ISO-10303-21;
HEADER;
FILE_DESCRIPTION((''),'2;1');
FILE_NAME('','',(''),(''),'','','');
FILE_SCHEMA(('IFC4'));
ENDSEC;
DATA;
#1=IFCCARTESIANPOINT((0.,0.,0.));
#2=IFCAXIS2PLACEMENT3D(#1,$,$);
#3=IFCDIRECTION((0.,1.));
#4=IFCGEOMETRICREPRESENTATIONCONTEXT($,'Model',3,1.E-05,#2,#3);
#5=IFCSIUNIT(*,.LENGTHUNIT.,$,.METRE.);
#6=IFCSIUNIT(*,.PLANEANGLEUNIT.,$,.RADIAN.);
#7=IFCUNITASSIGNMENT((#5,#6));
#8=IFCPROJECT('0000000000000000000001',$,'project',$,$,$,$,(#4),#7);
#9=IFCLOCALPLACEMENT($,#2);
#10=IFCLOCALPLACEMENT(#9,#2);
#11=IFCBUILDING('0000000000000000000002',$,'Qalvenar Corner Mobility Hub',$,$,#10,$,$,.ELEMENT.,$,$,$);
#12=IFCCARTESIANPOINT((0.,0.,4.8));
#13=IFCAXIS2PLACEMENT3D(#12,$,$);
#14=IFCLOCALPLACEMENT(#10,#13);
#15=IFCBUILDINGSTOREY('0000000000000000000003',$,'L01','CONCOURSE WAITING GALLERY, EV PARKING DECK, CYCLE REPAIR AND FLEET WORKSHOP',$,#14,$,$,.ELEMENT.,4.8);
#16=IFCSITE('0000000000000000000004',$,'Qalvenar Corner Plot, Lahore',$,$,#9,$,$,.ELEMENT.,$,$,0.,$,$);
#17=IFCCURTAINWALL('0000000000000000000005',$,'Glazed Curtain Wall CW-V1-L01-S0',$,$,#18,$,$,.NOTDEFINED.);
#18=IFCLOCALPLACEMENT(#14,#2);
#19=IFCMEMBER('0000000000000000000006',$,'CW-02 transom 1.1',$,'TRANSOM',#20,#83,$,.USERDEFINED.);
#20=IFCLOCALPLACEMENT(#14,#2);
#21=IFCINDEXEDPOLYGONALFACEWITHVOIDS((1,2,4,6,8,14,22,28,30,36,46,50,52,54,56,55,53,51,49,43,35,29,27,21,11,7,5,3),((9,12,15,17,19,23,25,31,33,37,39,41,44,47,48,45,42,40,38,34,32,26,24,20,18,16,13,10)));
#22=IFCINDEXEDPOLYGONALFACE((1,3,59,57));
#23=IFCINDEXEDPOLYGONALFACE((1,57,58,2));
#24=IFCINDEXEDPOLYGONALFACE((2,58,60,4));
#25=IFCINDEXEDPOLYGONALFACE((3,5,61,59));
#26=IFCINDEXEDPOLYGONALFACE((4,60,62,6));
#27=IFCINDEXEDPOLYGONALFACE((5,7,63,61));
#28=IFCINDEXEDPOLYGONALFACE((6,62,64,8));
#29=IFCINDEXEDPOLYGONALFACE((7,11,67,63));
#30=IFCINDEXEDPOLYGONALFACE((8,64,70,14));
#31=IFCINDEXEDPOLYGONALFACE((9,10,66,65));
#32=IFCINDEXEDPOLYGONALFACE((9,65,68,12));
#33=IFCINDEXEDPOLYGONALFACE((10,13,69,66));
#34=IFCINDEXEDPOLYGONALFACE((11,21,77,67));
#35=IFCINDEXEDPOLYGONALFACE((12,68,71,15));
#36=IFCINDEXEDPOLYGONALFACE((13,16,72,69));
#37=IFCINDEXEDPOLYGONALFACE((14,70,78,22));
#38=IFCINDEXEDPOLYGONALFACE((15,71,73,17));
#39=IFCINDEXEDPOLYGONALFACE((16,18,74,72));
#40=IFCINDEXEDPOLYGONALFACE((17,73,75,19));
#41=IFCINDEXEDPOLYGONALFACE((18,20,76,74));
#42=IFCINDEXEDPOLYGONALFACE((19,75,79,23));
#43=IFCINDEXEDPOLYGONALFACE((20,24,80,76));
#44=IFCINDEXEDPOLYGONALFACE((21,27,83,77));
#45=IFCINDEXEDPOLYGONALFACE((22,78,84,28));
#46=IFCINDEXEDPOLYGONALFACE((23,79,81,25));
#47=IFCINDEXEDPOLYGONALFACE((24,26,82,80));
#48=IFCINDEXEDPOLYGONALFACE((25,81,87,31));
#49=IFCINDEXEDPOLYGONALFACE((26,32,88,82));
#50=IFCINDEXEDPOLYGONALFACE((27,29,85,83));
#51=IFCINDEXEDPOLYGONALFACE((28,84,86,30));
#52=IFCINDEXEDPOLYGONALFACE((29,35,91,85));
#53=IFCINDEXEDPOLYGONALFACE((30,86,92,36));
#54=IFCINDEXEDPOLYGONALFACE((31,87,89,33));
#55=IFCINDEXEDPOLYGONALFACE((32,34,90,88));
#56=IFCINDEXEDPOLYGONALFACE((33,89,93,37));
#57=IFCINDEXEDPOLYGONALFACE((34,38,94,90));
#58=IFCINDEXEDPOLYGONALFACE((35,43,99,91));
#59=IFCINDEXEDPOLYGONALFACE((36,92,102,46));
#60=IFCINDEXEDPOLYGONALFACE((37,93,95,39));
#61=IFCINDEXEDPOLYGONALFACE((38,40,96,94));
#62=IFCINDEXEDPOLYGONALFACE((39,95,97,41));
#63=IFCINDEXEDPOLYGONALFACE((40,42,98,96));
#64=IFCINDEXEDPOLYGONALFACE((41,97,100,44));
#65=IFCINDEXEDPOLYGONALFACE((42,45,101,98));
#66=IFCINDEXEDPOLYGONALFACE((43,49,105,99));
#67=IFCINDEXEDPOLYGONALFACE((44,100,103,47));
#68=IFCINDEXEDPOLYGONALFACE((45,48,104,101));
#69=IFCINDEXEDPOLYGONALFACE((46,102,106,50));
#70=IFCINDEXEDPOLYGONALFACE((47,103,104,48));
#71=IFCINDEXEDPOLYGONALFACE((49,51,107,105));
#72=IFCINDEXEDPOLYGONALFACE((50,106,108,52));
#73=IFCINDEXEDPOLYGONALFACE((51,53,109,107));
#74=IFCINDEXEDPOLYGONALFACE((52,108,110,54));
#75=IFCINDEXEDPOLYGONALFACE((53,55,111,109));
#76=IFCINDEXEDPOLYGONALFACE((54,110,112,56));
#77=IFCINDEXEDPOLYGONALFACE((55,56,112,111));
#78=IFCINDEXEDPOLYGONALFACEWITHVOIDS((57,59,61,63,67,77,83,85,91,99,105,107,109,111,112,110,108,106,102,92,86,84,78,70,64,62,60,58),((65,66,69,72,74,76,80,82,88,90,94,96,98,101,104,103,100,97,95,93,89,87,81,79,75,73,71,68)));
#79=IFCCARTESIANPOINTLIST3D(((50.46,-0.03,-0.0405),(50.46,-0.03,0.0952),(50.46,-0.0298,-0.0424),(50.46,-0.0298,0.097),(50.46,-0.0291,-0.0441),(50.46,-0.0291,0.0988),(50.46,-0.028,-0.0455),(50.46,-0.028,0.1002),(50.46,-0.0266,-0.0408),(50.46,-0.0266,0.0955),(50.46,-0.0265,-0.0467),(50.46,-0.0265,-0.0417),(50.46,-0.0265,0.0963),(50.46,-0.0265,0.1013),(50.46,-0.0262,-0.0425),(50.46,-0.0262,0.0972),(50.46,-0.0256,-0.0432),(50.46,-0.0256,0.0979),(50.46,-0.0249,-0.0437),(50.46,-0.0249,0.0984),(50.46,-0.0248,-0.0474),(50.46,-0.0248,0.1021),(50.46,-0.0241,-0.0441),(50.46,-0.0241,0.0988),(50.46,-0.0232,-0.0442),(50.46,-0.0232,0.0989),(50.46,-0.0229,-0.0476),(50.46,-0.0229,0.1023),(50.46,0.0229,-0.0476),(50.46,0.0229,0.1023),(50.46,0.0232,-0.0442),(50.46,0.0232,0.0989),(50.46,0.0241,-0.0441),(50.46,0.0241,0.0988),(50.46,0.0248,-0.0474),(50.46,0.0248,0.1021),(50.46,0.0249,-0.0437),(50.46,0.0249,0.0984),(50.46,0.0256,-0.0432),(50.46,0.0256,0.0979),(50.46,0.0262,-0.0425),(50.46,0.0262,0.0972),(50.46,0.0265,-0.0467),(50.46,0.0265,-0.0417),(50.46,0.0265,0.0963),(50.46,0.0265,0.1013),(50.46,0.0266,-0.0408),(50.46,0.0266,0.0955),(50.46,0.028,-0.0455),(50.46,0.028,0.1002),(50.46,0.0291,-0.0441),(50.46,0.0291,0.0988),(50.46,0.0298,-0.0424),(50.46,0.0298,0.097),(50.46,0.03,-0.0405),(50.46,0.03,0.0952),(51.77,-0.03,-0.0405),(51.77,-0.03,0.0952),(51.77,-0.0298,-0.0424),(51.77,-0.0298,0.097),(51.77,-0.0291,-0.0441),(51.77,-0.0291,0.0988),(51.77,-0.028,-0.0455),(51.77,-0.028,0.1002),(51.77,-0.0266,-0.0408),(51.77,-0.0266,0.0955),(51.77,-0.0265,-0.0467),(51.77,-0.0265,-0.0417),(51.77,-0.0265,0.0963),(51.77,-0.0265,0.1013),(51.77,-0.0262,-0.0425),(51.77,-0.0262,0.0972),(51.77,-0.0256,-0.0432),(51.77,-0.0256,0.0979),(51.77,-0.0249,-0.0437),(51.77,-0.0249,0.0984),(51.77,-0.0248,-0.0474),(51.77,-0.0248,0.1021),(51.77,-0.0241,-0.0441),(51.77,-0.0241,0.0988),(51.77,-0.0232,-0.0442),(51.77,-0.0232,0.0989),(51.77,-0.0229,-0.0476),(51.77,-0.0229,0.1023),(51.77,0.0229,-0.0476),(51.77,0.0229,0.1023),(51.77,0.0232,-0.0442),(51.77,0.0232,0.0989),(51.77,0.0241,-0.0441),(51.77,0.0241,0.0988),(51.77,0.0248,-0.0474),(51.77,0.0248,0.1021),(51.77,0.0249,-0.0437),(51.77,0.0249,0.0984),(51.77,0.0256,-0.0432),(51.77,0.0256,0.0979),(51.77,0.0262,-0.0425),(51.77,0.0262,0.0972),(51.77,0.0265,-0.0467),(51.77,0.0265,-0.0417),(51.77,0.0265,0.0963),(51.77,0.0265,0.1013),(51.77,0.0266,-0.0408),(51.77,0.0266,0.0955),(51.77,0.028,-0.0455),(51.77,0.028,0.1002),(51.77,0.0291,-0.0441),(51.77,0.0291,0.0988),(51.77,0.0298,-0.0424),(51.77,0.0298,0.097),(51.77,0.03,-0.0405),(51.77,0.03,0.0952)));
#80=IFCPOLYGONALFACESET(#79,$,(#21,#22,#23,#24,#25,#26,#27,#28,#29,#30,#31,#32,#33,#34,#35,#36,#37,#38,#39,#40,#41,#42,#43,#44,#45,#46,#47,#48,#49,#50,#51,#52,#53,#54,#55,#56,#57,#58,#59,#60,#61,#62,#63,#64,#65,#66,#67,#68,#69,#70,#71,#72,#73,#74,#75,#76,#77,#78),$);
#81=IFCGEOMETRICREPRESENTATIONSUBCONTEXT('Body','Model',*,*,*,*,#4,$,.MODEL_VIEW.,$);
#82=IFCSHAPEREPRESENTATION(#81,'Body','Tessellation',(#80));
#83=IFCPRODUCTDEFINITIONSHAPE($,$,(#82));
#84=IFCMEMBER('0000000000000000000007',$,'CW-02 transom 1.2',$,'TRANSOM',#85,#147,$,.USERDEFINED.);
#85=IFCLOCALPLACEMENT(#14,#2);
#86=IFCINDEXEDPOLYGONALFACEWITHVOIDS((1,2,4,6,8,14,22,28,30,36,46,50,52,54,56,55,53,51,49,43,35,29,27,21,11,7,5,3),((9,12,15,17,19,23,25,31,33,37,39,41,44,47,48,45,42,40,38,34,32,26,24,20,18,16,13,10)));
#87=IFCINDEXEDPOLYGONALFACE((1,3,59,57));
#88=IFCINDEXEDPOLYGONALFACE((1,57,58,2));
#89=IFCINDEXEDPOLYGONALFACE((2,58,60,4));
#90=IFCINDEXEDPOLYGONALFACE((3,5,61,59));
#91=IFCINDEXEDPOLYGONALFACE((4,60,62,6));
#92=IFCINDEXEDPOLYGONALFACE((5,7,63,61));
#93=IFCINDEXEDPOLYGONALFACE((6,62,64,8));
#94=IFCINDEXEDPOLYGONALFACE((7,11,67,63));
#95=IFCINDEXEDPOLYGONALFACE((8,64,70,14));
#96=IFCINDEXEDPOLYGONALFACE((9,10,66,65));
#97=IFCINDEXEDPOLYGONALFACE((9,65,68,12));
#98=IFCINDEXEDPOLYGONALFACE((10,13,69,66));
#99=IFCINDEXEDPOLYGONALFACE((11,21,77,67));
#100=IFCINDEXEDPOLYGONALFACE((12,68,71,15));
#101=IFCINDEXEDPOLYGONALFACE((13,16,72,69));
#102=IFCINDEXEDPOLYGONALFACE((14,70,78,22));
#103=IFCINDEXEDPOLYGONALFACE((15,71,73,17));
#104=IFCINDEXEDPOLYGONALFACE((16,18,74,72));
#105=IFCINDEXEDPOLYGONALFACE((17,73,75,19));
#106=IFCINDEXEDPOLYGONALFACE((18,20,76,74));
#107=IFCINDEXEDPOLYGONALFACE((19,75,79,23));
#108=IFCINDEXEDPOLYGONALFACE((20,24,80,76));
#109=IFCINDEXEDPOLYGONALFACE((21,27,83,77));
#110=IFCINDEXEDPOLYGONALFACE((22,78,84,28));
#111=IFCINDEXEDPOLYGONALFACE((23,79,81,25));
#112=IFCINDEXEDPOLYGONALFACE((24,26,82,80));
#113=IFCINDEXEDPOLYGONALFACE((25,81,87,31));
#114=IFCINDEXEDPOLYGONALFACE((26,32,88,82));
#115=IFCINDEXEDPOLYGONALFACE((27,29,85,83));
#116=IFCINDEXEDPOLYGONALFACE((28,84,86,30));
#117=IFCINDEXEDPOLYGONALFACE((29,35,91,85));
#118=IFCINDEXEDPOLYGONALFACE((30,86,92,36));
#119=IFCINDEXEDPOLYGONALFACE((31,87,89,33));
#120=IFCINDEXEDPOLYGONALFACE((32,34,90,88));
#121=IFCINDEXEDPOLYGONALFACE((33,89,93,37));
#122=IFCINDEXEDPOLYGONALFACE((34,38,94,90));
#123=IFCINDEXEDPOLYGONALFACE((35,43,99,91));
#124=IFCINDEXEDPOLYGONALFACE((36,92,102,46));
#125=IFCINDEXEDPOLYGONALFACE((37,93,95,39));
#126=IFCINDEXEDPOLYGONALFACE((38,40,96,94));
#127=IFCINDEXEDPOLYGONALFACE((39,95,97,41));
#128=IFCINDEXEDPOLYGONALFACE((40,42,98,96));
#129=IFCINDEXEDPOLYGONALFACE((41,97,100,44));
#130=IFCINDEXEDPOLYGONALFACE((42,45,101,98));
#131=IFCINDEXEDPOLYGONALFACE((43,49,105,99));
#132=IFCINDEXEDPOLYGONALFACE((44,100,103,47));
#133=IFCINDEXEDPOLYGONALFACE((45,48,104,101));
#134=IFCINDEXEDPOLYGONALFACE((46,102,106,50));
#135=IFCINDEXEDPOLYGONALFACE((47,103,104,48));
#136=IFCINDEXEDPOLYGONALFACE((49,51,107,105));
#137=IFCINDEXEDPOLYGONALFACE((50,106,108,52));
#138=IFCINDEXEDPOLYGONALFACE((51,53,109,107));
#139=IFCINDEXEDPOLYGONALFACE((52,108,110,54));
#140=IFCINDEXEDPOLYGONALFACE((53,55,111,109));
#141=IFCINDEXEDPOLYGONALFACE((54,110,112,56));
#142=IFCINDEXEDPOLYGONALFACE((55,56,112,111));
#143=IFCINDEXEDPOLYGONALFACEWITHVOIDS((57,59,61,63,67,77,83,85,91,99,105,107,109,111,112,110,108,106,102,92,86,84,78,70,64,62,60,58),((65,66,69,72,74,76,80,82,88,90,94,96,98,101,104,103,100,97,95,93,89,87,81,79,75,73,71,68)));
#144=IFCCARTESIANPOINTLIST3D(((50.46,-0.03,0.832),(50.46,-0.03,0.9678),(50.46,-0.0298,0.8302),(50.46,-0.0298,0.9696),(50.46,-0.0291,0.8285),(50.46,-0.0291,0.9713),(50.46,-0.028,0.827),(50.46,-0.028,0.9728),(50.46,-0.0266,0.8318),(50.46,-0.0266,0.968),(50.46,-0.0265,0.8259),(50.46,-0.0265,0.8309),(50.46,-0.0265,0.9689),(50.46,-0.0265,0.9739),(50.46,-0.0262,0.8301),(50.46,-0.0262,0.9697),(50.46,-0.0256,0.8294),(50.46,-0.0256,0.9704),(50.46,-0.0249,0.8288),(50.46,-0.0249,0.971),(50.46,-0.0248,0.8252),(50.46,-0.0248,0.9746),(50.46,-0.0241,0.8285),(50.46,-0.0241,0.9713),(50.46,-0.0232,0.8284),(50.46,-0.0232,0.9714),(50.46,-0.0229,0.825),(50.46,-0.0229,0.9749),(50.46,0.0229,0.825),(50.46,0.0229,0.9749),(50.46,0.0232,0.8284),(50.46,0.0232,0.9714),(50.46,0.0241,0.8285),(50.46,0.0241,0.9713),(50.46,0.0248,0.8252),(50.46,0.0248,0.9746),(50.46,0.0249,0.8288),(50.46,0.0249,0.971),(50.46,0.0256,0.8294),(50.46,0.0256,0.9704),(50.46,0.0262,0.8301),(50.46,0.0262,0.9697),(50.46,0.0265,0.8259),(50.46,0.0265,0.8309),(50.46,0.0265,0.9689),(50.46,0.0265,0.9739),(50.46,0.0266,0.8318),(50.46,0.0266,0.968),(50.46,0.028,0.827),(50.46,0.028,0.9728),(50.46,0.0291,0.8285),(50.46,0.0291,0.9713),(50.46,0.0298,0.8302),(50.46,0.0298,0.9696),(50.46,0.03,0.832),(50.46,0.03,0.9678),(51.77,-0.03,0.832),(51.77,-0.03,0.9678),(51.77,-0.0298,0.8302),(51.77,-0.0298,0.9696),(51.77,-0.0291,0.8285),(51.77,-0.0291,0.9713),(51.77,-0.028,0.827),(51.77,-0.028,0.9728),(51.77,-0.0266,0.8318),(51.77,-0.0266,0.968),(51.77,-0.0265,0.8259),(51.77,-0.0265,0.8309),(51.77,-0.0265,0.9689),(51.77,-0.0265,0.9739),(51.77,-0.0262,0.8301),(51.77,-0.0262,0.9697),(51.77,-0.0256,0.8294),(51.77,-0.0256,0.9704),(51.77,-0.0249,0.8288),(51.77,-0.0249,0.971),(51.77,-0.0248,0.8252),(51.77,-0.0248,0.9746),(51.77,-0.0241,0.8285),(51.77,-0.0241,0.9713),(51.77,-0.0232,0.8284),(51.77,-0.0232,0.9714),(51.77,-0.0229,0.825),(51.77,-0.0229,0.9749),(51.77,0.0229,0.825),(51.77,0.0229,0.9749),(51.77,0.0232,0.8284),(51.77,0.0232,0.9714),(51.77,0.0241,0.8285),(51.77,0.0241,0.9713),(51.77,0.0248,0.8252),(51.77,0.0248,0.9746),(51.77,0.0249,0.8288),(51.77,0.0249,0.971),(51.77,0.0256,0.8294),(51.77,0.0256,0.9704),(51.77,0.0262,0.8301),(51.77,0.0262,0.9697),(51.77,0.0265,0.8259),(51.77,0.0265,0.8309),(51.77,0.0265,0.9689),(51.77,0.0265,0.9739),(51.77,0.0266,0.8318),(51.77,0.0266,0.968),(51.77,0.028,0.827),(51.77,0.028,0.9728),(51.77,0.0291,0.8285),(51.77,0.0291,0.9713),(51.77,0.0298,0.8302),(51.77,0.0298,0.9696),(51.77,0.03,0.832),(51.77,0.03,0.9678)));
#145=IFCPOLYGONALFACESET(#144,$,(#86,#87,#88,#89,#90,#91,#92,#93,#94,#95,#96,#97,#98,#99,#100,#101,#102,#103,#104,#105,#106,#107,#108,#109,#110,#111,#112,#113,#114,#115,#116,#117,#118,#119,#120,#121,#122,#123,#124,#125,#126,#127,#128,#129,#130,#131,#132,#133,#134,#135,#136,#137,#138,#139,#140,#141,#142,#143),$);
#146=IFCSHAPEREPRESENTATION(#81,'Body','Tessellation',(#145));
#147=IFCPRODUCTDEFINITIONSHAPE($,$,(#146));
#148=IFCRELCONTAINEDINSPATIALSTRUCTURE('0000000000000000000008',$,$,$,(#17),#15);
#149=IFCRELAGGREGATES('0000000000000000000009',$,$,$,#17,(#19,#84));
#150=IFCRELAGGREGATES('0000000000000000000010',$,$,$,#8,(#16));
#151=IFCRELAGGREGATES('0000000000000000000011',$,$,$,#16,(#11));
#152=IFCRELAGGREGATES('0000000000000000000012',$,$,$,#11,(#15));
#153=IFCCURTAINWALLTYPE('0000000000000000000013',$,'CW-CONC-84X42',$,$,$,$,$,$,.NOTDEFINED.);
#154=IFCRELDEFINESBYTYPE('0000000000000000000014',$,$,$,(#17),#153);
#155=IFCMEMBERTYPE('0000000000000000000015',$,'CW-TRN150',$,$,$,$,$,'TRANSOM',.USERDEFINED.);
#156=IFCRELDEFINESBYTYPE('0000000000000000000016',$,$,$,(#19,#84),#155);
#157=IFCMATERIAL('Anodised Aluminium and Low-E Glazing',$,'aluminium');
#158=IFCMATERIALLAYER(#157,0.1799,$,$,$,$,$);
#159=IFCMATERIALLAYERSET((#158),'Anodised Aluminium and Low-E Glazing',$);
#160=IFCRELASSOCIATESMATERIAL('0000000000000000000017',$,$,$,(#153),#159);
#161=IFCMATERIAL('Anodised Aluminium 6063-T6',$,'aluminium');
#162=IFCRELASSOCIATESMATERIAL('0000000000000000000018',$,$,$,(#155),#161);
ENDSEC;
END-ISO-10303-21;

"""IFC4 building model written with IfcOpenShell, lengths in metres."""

from ifc_helpers import new_model, si_unit, direction, frame, origin, origin_2d, place, context, subcontext, project, spatial, hollow_rectangle, extrude, material, layer, layer_set, material_profile, profile_set, type_object, element, aggregate, save


model = new_model("IFC4")

# Units and contexts
model_context = context("Model", 3, precision=1e-05, world=origin(), true_north=direction((0.0, 1.0)))
body_context = subcontext(model_context, "Body", "Model", "MODEL_VIEW")
ifc_project = project(units=[si_unit("LENGTHUNIT", "METRE"), si_unit("PLANEANGLEUNIT", "RADIAN")], contexts=[model_context])

# Site, building, storey
site_placement = place(None, origin())
site = spatial("IfcSite", under=ifc_project, at=site_placement, Name="Qalvenar Corner Plot, Lahore", CompositionType="ELEMENT", RefElevation=0.0)
building_placement = place(site_placement, origin())
building = spatial("IfcBuilding", under=site, at=building_placement, Name="Qalvenar Corner Mobility Hub", CompositionType="ELEMENT")
storey_placement = place(building_placement, frame((0.0, 0.0, 4.8)))
storey = spatial("IfcBuildingStorey", under=building, at=storey_placement, Name="L01", Description="CONCOURSE WAITING GALLERY, EV PARKING DECK, CYCLE REPAIR AND FLEET WORKSHOP", CompositionType="ELEMENT", Elevation=4.8)

# Curtain wall
ifc_material_1 = material(Name="Anodised Aluminium and Low-E Glazing", Category="aluminium")
ifc_material_2 = material(Name="Anodised Aluminium 6063-T6", Category="aluminium")
ifc_layer_1 = layer(ifc_material_1, 0.1799)
ifc_layer_set_1 = layer_set([ifc_layer_1], Name="Anodised Aluminium and Low-E Glazing")
curtain_wall_type_1 = type_object("IfcCurtainWallType", Name="CW-CONC-84X42", PredefinedType="NOTDEFINED", material=ifc_layer_set_1)
curtain_wall_1_placement = place(storey_placement, origin())
curtain_wall_1 = element("IfcCurtainWall", 1, at=curtain_wall_1_placement, inside=storey, type_object=curtain_wall_type_1, Name="Glazed Curtain Wall CW-V1-L01-S0", PredefinedType="NOTDEFINED")

# Members
ifc_material_profile_1 = material_profile(ifc_material_2, hollow_rectangle(XDim=0.0601, YDim=0.1499, WallThickness=0.0034, InnerFilletRadius=0.0034, OuterFilletRadius=0.0071, at=origin_2d()), Name="RHS150x60x3.5")
ifc_profile_set_1 = profile_set([ifc_material_profile_1], Name="Anodised Aluminium 6063-T6")
member_type_1 = type_object("IfcMemberType", Name="CW-TRN150", ElementType="TRANSOM", PredefinedType="USERDEFINED", material=ifc_profile_set_1)
member_1_placement = place(storey_placement, frame((50.46, 0.0, 0.0273), z_axis=(1.0, 0.0, 0.0), x_axis=(0.0, 1.0, 0.0)))
member_1 = element("IfcMember", 2, at=member_1_placement, type_object=member_type_1, Name="CW-02 transom 1.1", ObjectType="TRANSOM", PredefinedType="USERDEFINED", context=body_context, shape_type="SweptSolid", body=[
    extrude(hollow_rectangle(XDim=0.0601, YDim=0.1499, WallThickness=0.0034, InnerFilletRadius=0.0034, OuterFilletRadius=0.0071, at=origin_2d()), origin(), (0.0, 0.0, 1.0), 1.3101),
])
member_2_placement = place(storey_placement, frame((50.46, 0.0, 0.8999), z_axis=(1.0, 0.0, 0.0), x_axis=(0.0, 1.0, 0.0)))
member_2 = element("IfcMember", 3, at=member_2_placement, type_object=member_type_1, Name="CW-02 transom 1.2", ObjectType="TRANSOM", PredefinedType="USERDEFINED", context=body_context, shape_type="SweptSolid", body=[
    extrude(hollow_rectangle(XDim=0.0601, YDim=0.1499, WallThickness=0.0034, InnerFilletRadius=0.0034, OuterFilletRadius=0.0071, at=origin_2d()), origin(), (0.0, 0.0, 1.0), 1.3101),
])

aggregate(curtain_wall_1, [member_1, member_2])

save(model, "model.ifc")
